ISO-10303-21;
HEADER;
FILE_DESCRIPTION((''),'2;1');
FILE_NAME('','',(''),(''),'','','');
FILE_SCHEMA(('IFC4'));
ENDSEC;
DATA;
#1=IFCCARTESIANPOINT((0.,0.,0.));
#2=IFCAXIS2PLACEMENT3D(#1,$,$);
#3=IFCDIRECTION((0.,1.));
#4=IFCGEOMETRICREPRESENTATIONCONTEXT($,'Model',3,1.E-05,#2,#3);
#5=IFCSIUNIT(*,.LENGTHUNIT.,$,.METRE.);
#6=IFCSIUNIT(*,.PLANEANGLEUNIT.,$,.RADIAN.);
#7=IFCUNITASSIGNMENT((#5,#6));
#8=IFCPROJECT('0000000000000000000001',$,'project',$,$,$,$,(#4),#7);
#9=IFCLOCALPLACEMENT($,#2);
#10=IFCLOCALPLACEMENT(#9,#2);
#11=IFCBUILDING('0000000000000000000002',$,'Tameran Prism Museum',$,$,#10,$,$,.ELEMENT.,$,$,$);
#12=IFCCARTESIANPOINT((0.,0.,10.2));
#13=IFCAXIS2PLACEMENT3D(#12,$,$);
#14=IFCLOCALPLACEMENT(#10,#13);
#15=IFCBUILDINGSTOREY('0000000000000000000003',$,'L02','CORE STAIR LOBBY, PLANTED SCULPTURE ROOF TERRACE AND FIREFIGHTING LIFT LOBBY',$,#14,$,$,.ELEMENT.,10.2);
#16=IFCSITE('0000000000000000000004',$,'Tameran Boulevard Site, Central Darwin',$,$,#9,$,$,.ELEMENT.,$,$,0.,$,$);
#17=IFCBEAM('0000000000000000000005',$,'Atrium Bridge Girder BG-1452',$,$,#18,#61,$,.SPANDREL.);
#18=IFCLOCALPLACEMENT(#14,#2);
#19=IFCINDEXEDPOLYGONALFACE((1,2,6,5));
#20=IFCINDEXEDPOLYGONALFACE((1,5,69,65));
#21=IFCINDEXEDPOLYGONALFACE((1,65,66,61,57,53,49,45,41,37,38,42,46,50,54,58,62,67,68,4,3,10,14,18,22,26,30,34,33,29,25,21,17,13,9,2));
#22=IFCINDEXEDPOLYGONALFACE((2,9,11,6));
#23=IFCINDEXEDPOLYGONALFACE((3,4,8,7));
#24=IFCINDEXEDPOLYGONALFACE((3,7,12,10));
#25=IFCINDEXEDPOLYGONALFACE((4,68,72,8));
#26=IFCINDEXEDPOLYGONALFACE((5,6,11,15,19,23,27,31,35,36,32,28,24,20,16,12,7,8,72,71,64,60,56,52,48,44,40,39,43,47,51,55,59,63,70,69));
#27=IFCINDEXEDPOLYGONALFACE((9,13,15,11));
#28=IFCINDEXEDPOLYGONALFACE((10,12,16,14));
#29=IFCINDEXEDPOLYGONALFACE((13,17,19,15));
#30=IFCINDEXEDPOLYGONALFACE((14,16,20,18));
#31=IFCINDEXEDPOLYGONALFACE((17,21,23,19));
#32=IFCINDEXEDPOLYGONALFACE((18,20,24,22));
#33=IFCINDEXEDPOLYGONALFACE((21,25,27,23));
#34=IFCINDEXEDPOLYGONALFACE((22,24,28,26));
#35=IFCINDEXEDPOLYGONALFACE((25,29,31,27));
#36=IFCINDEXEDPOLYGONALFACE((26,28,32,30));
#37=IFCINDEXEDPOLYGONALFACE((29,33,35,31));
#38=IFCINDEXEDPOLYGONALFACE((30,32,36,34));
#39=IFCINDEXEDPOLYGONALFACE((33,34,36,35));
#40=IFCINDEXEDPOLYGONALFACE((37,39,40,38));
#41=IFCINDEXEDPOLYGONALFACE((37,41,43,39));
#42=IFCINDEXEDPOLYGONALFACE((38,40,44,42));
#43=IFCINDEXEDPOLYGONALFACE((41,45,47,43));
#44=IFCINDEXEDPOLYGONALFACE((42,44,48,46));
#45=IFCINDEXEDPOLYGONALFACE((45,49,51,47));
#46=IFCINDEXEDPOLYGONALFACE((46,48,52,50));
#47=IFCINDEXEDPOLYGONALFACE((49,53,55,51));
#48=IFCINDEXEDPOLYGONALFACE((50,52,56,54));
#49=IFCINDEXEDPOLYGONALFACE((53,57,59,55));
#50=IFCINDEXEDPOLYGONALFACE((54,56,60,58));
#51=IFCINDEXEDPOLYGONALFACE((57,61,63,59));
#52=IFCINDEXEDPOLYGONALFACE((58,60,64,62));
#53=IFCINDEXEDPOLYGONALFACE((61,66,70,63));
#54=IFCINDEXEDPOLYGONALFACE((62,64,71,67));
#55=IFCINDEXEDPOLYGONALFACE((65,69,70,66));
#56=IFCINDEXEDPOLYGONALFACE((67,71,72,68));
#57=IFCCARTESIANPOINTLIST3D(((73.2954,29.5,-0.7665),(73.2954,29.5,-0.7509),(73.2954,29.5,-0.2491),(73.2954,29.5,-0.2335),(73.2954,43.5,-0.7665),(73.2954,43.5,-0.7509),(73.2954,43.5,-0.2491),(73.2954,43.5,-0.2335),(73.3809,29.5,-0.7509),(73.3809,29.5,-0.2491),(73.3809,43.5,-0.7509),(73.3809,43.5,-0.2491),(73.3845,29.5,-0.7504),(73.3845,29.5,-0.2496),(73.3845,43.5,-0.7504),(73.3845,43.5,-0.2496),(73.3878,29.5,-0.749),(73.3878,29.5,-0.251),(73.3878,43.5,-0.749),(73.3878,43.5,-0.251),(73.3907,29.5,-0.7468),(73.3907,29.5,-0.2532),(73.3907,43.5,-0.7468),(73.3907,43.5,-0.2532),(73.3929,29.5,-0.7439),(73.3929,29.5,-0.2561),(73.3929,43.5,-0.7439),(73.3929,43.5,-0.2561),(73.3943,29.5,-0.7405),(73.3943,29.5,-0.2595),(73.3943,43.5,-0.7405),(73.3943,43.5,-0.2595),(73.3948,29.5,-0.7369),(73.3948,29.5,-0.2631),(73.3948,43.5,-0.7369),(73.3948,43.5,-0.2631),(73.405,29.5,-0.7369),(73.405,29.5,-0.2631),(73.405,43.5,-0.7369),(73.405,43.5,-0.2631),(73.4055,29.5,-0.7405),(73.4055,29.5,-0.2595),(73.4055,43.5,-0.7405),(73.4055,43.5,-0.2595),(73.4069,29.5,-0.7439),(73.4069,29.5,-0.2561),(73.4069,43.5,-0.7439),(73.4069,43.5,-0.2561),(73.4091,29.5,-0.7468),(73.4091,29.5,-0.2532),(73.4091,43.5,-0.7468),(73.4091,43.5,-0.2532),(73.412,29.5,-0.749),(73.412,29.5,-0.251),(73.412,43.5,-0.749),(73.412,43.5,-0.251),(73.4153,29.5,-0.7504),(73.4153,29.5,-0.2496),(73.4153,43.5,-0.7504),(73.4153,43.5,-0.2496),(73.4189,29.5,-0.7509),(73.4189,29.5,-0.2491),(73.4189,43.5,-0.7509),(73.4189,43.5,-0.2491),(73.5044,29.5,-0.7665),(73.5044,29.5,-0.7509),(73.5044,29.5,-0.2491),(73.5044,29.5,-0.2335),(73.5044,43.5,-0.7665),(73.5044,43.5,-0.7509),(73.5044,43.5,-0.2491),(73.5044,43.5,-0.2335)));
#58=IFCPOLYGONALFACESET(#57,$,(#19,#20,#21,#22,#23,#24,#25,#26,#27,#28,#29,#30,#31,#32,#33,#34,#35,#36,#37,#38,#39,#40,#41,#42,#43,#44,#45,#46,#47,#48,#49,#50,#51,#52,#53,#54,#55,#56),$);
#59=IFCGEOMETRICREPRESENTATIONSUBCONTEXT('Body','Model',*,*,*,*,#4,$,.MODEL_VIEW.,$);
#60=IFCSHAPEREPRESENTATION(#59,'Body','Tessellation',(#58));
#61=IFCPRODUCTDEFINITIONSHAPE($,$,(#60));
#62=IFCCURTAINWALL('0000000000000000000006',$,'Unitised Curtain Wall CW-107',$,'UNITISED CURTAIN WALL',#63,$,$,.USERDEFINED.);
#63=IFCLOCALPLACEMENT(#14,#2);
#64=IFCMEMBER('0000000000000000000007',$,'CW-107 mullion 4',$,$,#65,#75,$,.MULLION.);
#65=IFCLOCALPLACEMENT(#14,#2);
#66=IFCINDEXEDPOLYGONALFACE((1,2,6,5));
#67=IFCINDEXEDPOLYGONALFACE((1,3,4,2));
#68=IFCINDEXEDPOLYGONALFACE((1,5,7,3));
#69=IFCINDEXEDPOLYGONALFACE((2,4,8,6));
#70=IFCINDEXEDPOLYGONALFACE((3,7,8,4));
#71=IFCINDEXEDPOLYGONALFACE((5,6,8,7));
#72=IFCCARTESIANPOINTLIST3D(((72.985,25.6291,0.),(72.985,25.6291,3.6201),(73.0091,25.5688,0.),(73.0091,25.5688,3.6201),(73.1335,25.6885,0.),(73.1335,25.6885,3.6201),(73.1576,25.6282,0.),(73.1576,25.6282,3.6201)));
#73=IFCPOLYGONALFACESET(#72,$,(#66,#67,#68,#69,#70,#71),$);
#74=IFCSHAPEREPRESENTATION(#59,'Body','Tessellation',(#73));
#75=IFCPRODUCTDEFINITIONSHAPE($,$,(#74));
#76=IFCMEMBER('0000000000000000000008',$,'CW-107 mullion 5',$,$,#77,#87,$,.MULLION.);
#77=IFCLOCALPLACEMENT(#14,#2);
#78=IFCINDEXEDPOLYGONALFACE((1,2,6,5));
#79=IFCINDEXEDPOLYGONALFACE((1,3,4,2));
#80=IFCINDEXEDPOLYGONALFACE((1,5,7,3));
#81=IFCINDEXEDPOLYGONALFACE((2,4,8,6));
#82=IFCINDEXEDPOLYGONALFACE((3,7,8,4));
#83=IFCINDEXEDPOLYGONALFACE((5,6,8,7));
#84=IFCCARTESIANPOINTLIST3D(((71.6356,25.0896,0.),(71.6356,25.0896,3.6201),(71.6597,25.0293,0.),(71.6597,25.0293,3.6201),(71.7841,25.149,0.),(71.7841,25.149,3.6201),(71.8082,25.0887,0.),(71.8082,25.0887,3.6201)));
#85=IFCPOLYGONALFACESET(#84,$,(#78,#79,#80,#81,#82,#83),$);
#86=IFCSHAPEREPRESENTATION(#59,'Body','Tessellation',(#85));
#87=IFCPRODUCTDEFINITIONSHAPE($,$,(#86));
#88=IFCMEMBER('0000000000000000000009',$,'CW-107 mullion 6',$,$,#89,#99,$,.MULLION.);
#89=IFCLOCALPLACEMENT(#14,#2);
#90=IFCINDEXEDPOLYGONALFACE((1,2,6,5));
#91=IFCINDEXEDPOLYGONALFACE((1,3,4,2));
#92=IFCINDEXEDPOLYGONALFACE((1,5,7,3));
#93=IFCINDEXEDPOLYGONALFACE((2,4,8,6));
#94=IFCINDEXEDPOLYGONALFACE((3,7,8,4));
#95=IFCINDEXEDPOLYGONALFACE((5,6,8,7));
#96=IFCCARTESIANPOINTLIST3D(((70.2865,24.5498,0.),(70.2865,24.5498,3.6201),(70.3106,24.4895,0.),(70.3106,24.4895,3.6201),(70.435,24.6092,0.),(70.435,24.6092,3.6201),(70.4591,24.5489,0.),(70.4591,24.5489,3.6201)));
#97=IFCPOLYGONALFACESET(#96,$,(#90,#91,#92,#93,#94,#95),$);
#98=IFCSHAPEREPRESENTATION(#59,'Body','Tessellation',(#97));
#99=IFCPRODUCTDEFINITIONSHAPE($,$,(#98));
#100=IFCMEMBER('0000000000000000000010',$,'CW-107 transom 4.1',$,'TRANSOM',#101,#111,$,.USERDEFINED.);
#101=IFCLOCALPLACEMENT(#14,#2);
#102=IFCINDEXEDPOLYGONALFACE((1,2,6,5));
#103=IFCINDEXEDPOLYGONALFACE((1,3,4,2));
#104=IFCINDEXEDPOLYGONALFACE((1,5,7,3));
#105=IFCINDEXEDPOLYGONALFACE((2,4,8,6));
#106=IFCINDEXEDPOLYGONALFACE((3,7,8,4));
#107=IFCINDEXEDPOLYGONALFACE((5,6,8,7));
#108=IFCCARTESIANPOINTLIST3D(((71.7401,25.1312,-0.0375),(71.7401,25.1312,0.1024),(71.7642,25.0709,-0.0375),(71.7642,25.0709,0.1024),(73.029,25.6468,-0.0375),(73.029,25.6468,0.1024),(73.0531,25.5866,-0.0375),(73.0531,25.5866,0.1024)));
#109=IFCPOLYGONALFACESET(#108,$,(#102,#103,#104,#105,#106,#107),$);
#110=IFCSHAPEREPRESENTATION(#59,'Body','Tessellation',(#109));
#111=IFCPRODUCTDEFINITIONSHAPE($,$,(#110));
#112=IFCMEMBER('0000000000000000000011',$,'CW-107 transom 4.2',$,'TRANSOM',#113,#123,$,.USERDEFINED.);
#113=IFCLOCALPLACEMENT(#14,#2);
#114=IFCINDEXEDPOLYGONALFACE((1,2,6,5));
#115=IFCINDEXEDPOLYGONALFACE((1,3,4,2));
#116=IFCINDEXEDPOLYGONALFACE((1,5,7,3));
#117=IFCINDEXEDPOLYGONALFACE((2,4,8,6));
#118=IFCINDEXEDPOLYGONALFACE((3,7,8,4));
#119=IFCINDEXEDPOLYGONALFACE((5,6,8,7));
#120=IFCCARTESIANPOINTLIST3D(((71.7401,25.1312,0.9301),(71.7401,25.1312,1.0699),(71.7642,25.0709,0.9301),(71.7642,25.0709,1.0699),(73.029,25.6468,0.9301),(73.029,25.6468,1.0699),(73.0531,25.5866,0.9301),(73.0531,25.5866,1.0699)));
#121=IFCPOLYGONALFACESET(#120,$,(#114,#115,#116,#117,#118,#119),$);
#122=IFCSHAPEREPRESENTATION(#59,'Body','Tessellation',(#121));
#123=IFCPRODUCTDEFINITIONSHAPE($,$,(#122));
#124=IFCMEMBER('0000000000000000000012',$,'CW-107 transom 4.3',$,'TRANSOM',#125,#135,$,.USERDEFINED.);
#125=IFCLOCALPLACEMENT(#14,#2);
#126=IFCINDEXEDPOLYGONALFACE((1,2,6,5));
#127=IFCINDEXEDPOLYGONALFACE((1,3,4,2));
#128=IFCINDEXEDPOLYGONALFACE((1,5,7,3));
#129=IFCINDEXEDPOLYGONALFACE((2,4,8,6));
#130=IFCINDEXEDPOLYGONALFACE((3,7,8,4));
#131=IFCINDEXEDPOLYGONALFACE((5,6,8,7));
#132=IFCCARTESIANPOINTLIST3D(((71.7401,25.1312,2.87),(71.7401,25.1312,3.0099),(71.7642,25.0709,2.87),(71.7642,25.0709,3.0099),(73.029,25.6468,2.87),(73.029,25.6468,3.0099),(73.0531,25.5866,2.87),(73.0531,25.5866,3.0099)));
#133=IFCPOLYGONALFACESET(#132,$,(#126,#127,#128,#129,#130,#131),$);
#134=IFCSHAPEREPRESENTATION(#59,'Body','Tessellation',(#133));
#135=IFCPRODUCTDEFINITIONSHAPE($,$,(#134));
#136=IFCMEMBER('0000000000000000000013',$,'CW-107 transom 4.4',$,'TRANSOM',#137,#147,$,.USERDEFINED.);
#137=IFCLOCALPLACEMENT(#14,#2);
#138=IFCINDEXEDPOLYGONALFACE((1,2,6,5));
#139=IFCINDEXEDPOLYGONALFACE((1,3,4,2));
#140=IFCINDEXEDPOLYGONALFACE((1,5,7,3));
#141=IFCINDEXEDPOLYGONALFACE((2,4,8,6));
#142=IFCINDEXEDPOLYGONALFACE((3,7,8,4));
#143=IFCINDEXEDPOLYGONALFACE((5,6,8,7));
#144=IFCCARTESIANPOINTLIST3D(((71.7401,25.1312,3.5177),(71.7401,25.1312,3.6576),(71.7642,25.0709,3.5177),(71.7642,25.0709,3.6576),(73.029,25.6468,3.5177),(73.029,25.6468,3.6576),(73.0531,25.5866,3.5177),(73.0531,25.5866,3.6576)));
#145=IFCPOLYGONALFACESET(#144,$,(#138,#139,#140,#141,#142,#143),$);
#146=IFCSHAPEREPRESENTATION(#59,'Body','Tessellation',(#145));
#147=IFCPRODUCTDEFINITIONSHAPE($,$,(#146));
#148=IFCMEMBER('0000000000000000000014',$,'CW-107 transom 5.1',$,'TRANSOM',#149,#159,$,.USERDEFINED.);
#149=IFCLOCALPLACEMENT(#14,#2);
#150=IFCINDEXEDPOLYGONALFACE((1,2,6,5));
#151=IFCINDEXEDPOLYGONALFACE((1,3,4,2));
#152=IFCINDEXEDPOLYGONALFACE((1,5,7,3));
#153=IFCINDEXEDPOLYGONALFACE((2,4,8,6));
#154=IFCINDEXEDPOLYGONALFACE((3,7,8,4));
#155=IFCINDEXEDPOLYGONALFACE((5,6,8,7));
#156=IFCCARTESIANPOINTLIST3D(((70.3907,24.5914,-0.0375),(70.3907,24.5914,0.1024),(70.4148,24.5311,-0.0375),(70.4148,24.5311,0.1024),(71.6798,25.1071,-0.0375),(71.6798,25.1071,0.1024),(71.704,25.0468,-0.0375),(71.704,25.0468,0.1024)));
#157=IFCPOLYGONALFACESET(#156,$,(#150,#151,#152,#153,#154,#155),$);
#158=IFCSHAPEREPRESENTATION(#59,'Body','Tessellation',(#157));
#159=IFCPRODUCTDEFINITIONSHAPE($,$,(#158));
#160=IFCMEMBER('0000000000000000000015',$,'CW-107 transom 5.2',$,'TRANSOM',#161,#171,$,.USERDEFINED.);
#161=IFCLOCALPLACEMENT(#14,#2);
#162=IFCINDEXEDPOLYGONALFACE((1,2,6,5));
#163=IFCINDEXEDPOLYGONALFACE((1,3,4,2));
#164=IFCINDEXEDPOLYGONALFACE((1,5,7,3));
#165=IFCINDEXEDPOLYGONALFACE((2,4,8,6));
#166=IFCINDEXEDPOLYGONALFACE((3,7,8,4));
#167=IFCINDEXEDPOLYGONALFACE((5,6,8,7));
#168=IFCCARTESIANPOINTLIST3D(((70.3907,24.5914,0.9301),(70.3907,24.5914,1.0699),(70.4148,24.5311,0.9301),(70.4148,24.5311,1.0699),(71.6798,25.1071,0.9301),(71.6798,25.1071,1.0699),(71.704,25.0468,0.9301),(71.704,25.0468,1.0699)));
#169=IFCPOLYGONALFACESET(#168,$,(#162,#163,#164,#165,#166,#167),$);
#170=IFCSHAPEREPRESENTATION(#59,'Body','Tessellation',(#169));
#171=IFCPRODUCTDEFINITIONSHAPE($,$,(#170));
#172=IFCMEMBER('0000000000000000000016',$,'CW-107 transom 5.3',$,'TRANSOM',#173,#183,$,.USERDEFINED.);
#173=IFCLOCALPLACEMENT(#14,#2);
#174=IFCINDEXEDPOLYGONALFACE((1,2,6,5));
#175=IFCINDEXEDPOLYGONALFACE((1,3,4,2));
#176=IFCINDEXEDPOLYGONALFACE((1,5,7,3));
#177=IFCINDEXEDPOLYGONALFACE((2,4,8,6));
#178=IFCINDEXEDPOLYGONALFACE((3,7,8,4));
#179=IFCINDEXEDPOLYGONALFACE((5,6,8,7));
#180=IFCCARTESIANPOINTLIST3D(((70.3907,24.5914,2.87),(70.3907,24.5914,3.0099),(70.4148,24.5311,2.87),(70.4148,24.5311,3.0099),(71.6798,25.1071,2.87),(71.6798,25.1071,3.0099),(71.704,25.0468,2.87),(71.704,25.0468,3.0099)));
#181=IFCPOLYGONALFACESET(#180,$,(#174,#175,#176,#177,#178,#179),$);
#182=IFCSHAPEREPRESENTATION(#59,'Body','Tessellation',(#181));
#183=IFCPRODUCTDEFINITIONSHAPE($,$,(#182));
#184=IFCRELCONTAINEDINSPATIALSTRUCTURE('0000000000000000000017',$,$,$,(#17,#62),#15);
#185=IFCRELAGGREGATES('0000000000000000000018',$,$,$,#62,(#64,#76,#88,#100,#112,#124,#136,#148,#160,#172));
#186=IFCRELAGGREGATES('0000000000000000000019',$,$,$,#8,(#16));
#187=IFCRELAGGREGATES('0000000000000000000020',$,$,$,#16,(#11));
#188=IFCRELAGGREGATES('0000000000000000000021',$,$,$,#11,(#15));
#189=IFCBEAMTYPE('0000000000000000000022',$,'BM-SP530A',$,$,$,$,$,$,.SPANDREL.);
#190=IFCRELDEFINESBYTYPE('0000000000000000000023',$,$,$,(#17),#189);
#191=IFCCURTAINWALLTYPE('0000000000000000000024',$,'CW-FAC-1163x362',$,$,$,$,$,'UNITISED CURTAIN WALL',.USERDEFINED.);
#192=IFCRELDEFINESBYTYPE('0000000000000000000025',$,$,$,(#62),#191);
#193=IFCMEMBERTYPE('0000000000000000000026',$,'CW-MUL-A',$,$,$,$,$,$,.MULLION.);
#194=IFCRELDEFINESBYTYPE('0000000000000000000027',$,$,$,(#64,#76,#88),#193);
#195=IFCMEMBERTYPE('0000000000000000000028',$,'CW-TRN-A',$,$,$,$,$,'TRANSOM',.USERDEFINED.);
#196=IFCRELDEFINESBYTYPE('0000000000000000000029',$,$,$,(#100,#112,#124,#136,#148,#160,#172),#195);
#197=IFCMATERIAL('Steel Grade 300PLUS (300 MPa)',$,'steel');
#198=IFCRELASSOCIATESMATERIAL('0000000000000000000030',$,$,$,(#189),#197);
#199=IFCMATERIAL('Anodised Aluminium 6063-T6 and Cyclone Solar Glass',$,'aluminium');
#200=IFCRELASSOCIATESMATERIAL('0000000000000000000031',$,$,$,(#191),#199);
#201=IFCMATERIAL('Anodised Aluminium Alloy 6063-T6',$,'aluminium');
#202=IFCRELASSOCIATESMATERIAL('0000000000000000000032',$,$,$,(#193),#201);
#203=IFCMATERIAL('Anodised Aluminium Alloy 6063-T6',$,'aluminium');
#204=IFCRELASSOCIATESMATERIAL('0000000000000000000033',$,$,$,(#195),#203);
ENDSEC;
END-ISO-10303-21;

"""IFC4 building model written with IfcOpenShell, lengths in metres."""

from ifc_helpers import new_model, si_unit, direction, frame, origin, origin_2d, place, context, subcontext, project, spatial, rectangle, i_section, extrude, material, material_profile, profile_set, type_object, element, aggregate, save


model = new_model("IFC4")

# Units and contexts
model_context = context("Model", 3, precision=1e-05, world=origin(), true_north=direction((0.0, 1.0)))
body_context = subcontext(model_context, "Body", "Model", "MODEL_VIEW")
ifc_project = project(units=[si_unit("LENGTHUNIT", "METRE"), si_unit("PLANEANGLEUNIT", "RADIAN")], contexts=[model_context])

# Site, building, storey
site_placement = place(None, origin())
site = spatial("IfcSite", under=ifc_project, at=site_placement, Name="Tameran Boulevard Site, Central Darwin", CompositionType="ELEMENT", RefElevation=0.0)
building_placement = place(site_placement, origin())
building = spatial("IfcBuilding", under=site, at=building_placement, Name="Tameran Prism Museum", CompositionType="ELEMENT")
storey_placement = place(building_placement, frame((0.0, 0.0, 10.2)))
storey = spatial("IfcBuildingStorey", under=building, at=storey_placement, Name="L02", Description="CORE STAIR LOBBY, PLANTED SCULPTURE ROOF TERRACE AND FIREFIGHTING LIFT LOBBY", CompositionType="ELEMENT", Elevation=10.2)

# Beam
ifc_material_1 = material(Name="Steel Grade 300PLUS (300 MPa)", Category="steel")
ifc_material_profile_1 = material_profile(ifc_material_1, i_section(OverallWidth=0.209, OverallDepth=0.533, WebThickness=0.0103, FlangeThickness=0.0156, FilletRadius=0.0139, at=origin_2d()))
ifc_profile_set_1 = profile_set([ifc_material_profile_1])
beam_type = type_object("IfcBeamType", Name="BM-SP530A", PredefinedType="SPANDREL", material=ifc_profile_set_1)
beam_placement = place(storey_placement, frame((73.3999, 29.5, -0.5), z_axis=(0.0, 1.0, 0.0), x_axis=(-1.0, 0.0, 0.0)))
element("IfcBeam", 1, at=beam_placement, inside=storey, type_object=beam_type, Name="Atrium Bridge Girder BG-1452", PredefinedType="SPANDREL", context=body_context, shape_type="SweptSolid", body=[
    extrude(i_section(OverallWidth=0.209, OverallDepth=0.533, WebThickness=0.0103, FlangeThickness=0.0156, FilletRadius=0.0139, at=origin_2d()), origin(), (0.0, 0.0, 1.0), 14.0),
])

# Curtain wall, members
ifc_material_2 = material(Name="Anodised Aluminium 6063-T6 and Cyclone Solar Glass", Category="aluminium")
curtain_wall_type = type_object("IfcCurtainWallType", Name="CW-FAC-1163x362", ElementType="UNITISED CURTAIN WALL", PredefinedType="USERDEFINED", material=ifc_material_2)
curtain_wall_placement = place(storey_placement, origin())
curtain_wall = element("IfcCurtainWall", 2, at=curtain_wall_placement, inside=storey, type_object=curtain_wall_type, Name="Unitised Curtain Wall CW-107", ObjectType="UNITISED CURTAIN WALL", PredefinedType="USERDEFINED")
ifc_material_3 = material(Name="Anodised Aluminium Alloy 6063-T6", Category="aluminium")
ifc_material_profile_2 = material_profile(ifc_material_3, rectangle(XDim=0.0649, YDim=0.1599, at=origin_2d()))
ifc_profile_set_2 = profile_set([ifc_material_profile_2])
member_type_1 = type_object("IfcMemberType", Name="CW-MUL-A", PredefinedType="MULLION", material=ifc_profile_set_2)
member_1_placement = place(storey_placement, frame((73.0713, 25.6287, 0.0), z_axis=(0.0, 0.0, 1.0), x_axis=(0.37142, -0.928465, 0.0)))
member_1 = element("IfcMember", 3, at=member_1_placement, type_object=member_type_1, Name="CW-107 mullion 4", PredefinedType="MULLION", context=body_context, shape_type="SweptSolid", body=[
    extrude(rectangle(XDim=0.0649, YDim=0.1599, at=origin_2d()), origin(), (0.0, 0.0, 1.0), 3.6201),
])
member_2_placement = place(storey_placement, frame((71.7219, 25.0891, 0.0), z_axis=(0.0, 0.0, 1.0), x_axis=(0.37142, -0.928465, 0.0)))
member_2 = element("IfcMember", 4, at=member_2_placement, type_object=member_type_1, Name="CW-107 mullion 5", PredefinedType="MULLION", context=body_context, shape_type="SweptSolid", body=[
    extrude(rectangle(XDim=0.0649, YDim=0.1599, at=origin_2d()), origin(), (0.0, 0.0, 1.0), 3.6201),
])
member_3_placement = place(storey_placement, frame((70.3728, 24.5493, 0.0), z_axis=(0.0, 0.0, 1.0), x_axis=(0.37142, -0.928465, 0.0)))
member_3 = element("IfcMember", 5, at=member_3_placement, type_object=member_type_1, Name="CW-107 mullion 6", PredefinedType="MULLION", context=body_context, shape_type="SweptSolid", body=[
    extrude(rectangle(XDim=0.0649, YDim=0.1599, at=origin_2d()), origin(), (0.0, 0.0, 1.0), 3.6201),
])
ifc_material_4 = material(Name="Anodised Aluminium Alloy 6063-T6", Category="aluminium")
ifc_material_profile_3 = material_profile(ifc_material_4, rectangle(XDim=0.0649, YDim=0.1399, at=origin_2d()))
ifc_profile_set_3 = profile_set([ifc_material_profile_3])
member_type_2 = type_object("IfcMemberType", Name="CW-TRN-A", ElementType="TRANSOM", PredefinedType="USERDEFINED", material=ifc_profile_set_3)
member_4_placement = place(storey_placement, frame((73.041, 25.6167, 0.0325), z_axis=(-0.928452, -0.371451, 0.0), x_axis=(0.371451, -0.928452, 0.0)))
member_4 = element("IfcMember", 6, at=member_4_placement, type_object=member_type_2, Name="CW-107 transom 4.1", ObjectType="TRANSOM", PredefinedType="USERDEFINED", context=body_context, shape_type="SweptSolid", body=[
    extrude(rectangle(XDim=0.0649, YDim=0.1399, at=origin_2d()), origin(), (0.0, 0.0, 1.0), 1.3882),
])
member_5_placement = place(storey_placement, frame((73.041, 25.6167, 1.0), z_axis=(-0.928452, -0.371451, 0.0), x_axis=(0.371451, -0.928452, 0.0)))
member_5 = element("IfcMember", 7, at=member_5_placement, type_object=member_type_2, Name="CW-107 transom 4.2", ObjectType="TRANSOM", PredefinedType="USERDEFINED", context=body_context, shape_type="SweptSolid", body=[
    extrude(rectangle(XDim=0.0649, YDim=0.1399, at=origin_2d()), origin(), (0.0, 0.0, 1.0), 1.3882),
])
member_6_placement = place(storey_placement, frame((73.041, 25.6167, 2.9399), z_axis=(-0.928452, -0.371451, 0.0), x_axis=(0.371451, -0.928452, 0.0)))
member_6 = element("IfcMember", 8, at=member_6_placement, type_object=member_type_2, Name="CW-107 transom 4.3", ObjectType="TRANSOM", PredefinedType="USERDEFINED", context=body_context, shape_type="SweptSolid", body=[
    extrude(rectangle(XDim=0.0649, YDim=0.1399, at=origin_2d()), origin(), (0.0, 0.0, 1.0), 1.3882),
])
member_7_placement = place(storey_placement, frame((73.041, 25.6167, 3.5876), z_axis=(-0.928452, -0.371451, 0.0), x_axis=(0.371451, -0.928452, 0.0)))
member_7 = element("IfcMember", 9, at=member_7_placement, type_object=member_type_2, Name="CW-107 transom 4.4", ObjectType="TRANSOM", PredefinedType="USERDEFINED", context=body_context, shape_type="SweptSolid", body=[
    extrude(rectangle(XDim=0.0649, YDim=0.1399, at=origin_2d()), origin(), (0.0, 0.0, 1.0), 1.3882),
])
member_8_placement = place(storey_placement, frame((71.6919, 25.0769, 0.0325), z_axis=(-0.928477, -0.371391, 0.0), x_axis=(0.371391, -0.928477, 0.0)))
member_8 = element("IfcMember", 10, at=member_8_placement, type_object=member_type_2, Name="CW-107 transom 5.1", ObjectType="TRANSOM", PredefinedType="USERDEFINED", context=body_context, shape_type="SweptSolid", body=[
    extrude(rectangle(XDim=0.0649, YDim=0.1399, at=origin_2d()), origin(), (0.0, 0.0, 1.0), 1.3884),
])
member_9_placement = place(storey_placement, frame((71.6919, 25.0769, 1.0), z_axis=(-0.928477, -0.371391, 0.0), x_axis=(0.371391, -0.928477, 0.0)))
member_9 = element("IfcMember", 11, at=member_9_placement, type_object=member_type_2, Name="CW-107 transom 5.2", ObjectType="TRANSOM", PredefinedType="USERDEFINED", context=body_context, shape_type="SweptSolid", body=[
    extrude(rectangle(XDim=0.0649, YDim=0.1399, at=origin_2d()), origin(), (0.0, 0.0, 1.0), 1.3884),
])
member_10_placement = place(storey_placement, frame((71.6919, 25.0769, 2.9399), z_axis=(-0.928477, -0.371391, 0.0), x_axis=(0.371391, -0.928477, 0.0)))
member_10 = element("IfcMember", 12, at=member_10_placement, type_object=member_type_2, Name="CW-107 transom 5.3", ObjectType="TRANSOM", PredefinedType="USERDEFINED", context=body_context, shape_type="SweptSolid", body=[
    extrude(rectangle(XDim=0.0649, YDim=0.1399, at=origin_2d()), origin(), (0.0, 0.0, 1.0), 1.3884),
])
aggregate(curtain_wall, [member_1, member_2, member_3, member_4, member_5, member_6, member_7, member_8, member_9, member_10])

save(model, "model.ifc")
